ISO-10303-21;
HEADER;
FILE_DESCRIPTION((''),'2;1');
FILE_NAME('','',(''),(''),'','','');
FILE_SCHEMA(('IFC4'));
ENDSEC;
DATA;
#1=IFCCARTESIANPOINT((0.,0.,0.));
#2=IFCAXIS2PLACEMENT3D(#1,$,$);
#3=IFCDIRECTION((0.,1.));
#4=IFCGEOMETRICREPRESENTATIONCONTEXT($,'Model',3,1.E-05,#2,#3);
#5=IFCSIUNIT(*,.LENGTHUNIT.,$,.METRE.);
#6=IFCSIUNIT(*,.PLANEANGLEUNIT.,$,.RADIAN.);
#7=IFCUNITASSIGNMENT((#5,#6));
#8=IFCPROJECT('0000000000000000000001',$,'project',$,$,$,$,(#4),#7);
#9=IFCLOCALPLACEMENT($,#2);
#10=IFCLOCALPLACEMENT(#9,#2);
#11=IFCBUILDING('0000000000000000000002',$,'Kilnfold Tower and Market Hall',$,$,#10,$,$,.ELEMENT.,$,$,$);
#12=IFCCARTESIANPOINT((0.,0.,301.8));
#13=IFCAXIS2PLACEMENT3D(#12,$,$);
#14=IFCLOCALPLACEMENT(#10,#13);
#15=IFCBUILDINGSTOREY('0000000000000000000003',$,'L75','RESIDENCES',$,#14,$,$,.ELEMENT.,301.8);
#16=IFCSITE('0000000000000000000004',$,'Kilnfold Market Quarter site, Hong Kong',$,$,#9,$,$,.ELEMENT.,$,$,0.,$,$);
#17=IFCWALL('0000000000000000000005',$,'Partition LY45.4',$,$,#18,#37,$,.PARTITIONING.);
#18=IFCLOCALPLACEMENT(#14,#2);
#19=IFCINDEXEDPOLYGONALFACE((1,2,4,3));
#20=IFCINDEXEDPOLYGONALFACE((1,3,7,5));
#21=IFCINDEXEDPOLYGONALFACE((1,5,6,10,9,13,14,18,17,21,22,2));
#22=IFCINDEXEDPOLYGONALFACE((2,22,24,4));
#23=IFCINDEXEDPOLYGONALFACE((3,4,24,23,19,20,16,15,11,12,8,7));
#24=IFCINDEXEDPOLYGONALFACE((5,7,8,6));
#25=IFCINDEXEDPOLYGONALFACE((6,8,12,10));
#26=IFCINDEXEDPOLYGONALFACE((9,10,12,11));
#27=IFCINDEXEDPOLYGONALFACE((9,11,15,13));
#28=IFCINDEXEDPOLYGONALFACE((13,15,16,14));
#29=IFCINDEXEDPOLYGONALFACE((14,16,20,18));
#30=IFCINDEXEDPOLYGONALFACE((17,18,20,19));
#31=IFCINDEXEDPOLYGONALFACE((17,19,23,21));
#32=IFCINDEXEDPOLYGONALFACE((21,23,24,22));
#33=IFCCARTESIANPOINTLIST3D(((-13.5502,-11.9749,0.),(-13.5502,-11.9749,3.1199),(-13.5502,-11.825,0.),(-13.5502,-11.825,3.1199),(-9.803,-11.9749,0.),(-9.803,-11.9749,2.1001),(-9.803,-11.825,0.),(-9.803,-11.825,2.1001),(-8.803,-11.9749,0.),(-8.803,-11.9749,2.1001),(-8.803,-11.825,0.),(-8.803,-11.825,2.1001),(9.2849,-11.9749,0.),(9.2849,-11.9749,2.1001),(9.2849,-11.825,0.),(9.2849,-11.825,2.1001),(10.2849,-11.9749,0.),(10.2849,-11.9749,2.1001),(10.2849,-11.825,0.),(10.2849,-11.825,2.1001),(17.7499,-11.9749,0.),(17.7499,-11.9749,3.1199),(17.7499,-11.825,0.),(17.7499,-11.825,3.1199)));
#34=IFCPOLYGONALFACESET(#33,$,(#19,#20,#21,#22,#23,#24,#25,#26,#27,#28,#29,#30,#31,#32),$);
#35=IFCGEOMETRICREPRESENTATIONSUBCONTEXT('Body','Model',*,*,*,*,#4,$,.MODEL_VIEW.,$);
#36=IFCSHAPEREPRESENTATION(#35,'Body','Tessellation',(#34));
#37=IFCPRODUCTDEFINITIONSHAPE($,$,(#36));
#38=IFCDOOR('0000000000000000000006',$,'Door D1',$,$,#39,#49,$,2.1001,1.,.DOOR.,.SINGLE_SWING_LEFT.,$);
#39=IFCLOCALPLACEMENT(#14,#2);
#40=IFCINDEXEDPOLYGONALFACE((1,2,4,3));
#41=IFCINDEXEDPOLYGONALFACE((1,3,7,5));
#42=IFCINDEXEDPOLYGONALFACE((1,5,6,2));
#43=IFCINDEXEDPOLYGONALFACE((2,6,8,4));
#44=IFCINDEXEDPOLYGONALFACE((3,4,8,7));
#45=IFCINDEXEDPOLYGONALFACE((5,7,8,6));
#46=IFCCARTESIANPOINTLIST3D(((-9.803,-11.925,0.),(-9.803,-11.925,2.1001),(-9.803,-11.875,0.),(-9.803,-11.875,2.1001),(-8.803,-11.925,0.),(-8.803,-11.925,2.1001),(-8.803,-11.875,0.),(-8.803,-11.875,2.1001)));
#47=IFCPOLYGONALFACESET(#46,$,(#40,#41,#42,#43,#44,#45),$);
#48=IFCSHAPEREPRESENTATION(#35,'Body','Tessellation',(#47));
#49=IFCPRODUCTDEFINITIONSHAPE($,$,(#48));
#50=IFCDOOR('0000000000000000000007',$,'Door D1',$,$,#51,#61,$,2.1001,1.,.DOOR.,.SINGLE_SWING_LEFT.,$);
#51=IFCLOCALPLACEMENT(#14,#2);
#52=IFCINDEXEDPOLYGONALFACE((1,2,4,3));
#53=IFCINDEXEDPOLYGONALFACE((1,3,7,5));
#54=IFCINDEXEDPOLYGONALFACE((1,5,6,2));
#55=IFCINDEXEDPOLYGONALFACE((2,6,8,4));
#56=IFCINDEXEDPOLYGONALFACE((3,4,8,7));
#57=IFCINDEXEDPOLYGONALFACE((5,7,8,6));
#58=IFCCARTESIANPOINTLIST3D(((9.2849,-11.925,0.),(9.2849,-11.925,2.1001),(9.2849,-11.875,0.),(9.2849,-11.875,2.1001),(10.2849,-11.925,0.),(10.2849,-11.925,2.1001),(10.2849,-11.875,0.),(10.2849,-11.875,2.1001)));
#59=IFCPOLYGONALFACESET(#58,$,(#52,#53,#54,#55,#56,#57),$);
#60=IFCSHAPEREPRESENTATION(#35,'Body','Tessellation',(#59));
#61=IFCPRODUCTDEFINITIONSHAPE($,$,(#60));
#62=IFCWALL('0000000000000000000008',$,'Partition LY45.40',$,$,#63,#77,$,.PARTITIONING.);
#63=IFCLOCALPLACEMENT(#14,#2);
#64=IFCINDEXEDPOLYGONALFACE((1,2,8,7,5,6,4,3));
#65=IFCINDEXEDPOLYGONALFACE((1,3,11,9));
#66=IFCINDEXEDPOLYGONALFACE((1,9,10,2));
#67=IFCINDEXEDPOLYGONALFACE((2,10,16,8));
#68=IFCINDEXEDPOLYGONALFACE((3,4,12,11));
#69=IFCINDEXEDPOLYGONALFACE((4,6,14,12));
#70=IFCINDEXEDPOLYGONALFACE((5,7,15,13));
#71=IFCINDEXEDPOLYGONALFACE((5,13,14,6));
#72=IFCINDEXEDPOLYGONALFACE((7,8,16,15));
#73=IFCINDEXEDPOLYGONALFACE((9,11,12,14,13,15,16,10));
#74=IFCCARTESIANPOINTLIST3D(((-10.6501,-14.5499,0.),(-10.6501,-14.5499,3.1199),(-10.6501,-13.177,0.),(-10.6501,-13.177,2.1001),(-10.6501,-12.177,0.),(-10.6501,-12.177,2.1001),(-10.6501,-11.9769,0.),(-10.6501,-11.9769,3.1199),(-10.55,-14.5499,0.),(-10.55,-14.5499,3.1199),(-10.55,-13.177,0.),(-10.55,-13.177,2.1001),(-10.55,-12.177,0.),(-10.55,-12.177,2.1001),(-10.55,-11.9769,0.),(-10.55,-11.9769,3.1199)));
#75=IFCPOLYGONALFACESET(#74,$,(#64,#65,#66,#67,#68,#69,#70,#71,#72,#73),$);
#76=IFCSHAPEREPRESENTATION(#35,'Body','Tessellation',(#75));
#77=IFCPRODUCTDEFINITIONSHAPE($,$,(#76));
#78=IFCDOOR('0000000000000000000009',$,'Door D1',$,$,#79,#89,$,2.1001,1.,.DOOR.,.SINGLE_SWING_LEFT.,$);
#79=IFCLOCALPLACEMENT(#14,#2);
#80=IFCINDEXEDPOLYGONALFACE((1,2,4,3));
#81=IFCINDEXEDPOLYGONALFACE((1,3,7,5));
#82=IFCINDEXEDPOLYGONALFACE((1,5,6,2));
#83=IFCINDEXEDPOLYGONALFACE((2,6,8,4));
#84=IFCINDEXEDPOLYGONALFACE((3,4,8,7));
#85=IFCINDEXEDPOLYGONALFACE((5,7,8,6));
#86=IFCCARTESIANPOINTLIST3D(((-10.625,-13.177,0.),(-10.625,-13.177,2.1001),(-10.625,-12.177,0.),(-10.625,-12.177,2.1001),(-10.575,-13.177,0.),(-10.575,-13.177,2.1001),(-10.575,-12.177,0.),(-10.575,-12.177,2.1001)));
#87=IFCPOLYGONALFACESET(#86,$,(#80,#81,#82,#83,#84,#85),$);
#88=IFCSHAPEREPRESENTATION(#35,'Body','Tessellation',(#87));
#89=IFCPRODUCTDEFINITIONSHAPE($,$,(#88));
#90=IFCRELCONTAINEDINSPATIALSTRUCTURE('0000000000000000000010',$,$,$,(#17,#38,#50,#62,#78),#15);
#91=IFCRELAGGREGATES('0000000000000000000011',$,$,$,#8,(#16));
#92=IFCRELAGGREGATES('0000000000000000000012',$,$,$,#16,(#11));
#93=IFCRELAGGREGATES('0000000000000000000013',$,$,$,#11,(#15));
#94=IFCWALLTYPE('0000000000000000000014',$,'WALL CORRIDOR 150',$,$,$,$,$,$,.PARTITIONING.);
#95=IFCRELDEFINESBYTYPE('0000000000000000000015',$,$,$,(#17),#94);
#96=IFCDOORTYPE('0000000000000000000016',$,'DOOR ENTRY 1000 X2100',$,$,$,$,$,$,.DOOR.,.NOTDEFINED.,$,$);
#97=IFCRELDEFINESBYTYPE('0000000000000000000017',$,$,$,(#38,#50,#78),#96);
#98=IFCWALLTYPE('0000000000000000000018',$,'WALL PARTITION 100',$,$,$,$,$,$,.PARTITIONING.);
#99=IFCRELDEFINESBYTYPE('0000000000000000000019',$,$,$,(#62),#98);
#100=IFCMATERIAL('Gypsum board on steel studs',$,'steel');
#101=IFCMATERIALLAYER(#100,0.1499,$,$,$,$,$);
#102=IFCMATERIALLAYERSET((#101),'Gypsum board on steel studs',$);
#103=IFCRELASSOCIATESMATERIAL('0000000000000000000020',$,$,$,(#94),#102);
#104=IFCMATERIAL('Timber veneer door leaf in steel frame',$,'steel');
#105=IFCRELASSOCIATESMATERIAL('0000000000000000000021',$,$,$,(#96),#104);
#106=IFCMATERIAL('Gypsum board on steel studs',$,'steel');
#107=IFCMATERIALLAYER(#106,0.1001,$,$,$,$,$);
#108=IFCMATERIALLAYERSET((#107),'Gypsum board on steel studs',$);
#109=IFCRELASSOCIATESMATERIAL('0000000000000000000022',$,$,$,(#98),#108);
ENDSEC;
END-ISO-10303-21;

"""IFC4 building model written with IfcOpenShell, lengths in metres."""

from ifc_helpers import new_model, si_unit, direction, frame, frame_2d, origin, place, context, subcontext, project, spatial, rectangle, extrude, material, layer, layer_set, type_object, element, fill, save


model = new_model("IFC4")

# Units and contexts
model_context = context("Model", 3, precision=1e-05, world=origin(), true_north=direction((0.0, 1.0)))
body_context = subcontext(model_context, "Body", "Model", "MODEL_VIEW")
ifc_project = project(units=[si_unit("LENGTHUNIT", "METRE"), si_unit("PLANEANGLEUNIT", "RADIAN")], contexts=[model_context])

# Site, building, storey
site_placement = place(None, origin())
site = spatial("IfcSite", under=ifc_project, at=site_placement, Name="Kilnfold Market Quarter site, Hong Kong", CompositionType="ELEMENT", RefElevation=0.0)
building_placement = place(site_placement, origin())
building = spatial("IfcBuilding", under=site, at=building_placement, Name="Kilnfold Tower and Market Hall", CompositionType="ELEMENT")
storey_placement = place(building_placement, frame((0.0, 0.0, 301.8)))
storey = spatial("IfcBuildingStorey", under=building, at=storey_placement, Name="L75", Description="RESIDENCES", CompositionType="ELEMENT", Elevation=301.8)

# Wall, openings, doors
ifc_material_1 = material(Name="Gypsum board on steel studs", Category="steel")
ifc_layer_1 = layer(ifc_material_1, 0.1499)
ifc_layer_set_1 = layer_set([ifc_layer_1], Name="Gypsum board on steel studs")
wall_type_1 = type_object("IfcWallType", Name="WALL CORRIDOR 150", PredefinedType="PARTITIONING", material=ifc_layer_set_1)
wall_1_placement = place(storey_placement, frame((-13.55, -11.8999, 0.0), z_axis=(0.0, 0.0, 1.0), x_axis=(1.0, 0.0, 0.0)))
wall_1 = element("IfcWall", 1, at=wall_1_placement, inside=storey, type_object=wall_type_1, Name="Partition LY45.4", PredefinedType="PARTITIONING", context=body_context, shape_type="SweptSolid", body=[
    extrude(rectangle(XDim=31.3, YDim=0.1499, at=frame_2d((15.6499, 0.0))), origin(), (0.0, 0.0, 1.0), 3.1199),
])
opening_1_placement = place(wall_1_placement, frame((3.7471, 0.0, 0.0)))
opening_1 = element("IfcOpeningElement", 2, at=opening_1_placement, cuts=wall_1, PredefinedType="OPENING", context=body_context, shape_type="SweptSolid", body=[
    extrude(rectangle(XDim=1.0, YDim=2.1001, at=frame_2d((0.5, 1.05))), frame((0.0, 0.085, 0.0), z_axis=(0.0, -1.0, 0.0), x_axis=(1.0, 0.0, 0.0)), (0.0, 0.0, 1.0), 0.1699),
])
opening_2_placement = place(wall_1_placement, frame((22.835, 0.0, 0.0)))
opening_2 = element("IfcOpeningElement", 3, at=opening_2_placement, cuts=wall_1, PredefinedType="OPENING", context=body_context, shape_type="SweptSolid", body=[
    extrude(rectangle(XDim=1.0, YDim=2.1001, at=frame_2d((0.5, 1.05))), frame((0.0, 0.085, 0.0), z_axis=(0.0, -1.0, 0.0), x_axis=(1.0, 0.0, 0.0)), (0.0, 0.0, 1.0), 0.1699),
])
ifc_material_2 = material(Name="Timber veneer door leaf in steel frame", Category="steel")
door_type_1 = type_object("IfcDoorType", Name="DOOR ENTRY 1000 X2100", OperationType="NOTDEFINED", PredefinedType="DOOR", material=ifc_material_2)
door_1_placement = place(opening_1_placement, origin())
door_1 = element("IfcDoor", 4, at=door_1_placement, inside=storey, type_object=door_type_1, Name="Door D1", OperationType="SINGLE_SWING_LEFT", OverallHeight=2.1001, OverallWidth=1.0, PredefinedType="DOOR", context=body_context, shape_type="SweptSolid", body=[
    extrude(rectangle(XDim=1.0, YDim=2.1001, at=frame_2d((0.5, 1.05))), frame((0.0, 0.0249, 0.0), z_axis=(0.0, -1.0, 0.0), x_axis=(1.0, 0.0, 0.0)), (0.0, 0.0, 1.0), 0.05),
])
fill(opening_1, door_1)
door_2_placement = place(opening_2_placement, origin())
door_2 = element("IfcDoor", 5, at=door_2_placement, inside=storey, type_object=door_type_1, Name="Door D1", OperationType="SINGLE_SWING_LEFT", OverallHeight=2.1001, OverallWidth=1.0, PredefinedType="DOOR", context=body_context, shape_type="SweptSolid", body=[
    extrude(rectangle(XDim=1.0, YDim=2.1001, at=frame_2d((0.5, 1.05))), frame((0.0, 0.0249, 0.0), z_axis=(0.0, -1.0, 0.0), x_axis=(1.0, 0.0, 0.0)), (0.0, 0.0, 1.0), 0.05),
])
fill(opening_2, door_2)

# Wall, opening, door
ifc_material_3 = material(Name="Gypsum board on steel studs", Category="steel")
ifc_layer_2 = layer(ifc_material_3, 0.1001)
ifc_layer_set_2 = layer_set([ifc_layer_2], Name="Gypsum board on steel studs")
wall_type_2 = type_object("IfcWallType", Name="WALL PARTITION 100", PredefinedType="PARTITIONING", material=ifc_layer_set_2)
wall_2_placement = place(storey_placement, frame((-10.6001, -14.55, 0.0), z_axis=(0.0, 0.0, 1.0), x_axis=(0.0, 1.0, 0.0)))
wall_2 = element("IfcWall", 6, at=wall_2_placement, inside=storey, type_object=wall_type_2, Name="Partition LY45.40", PredefinedType="PARTITIONING", context=body_context, shape_type="SweptSolid", body=[
    extrude(rectangle(XDim=2.573, YDim=0.1001, at=frame_2d((1.2866, 0.0))), origin(), (0.0, 0.0, 1.0), 3.1199),
])
opening_3_placement = place(wall_2_placement, frame((1.373, 0.0, 0.0)))
opening_3 = element("IfcOpeningElement", 7, at=opening_3_placement, cuts=wall_2, PredefinedType="OPENING", context=body_context, shape_type="SweptSolid", body=[
    extrude(rectangle(XDim=1.0, YDim=2.1001, at=frame_2d((0.5, 1.05))), frame((0.0, 0.0601, 0.0), z_axis=(0.0, -1.0, 0.0), x_axis=(1.0, 0.0, 0.0)), (0.0, 0.0, 1.0), 0.1201),
])
door_3_placement = place(opening_3_placement, origin())
door_3 = element("IfcDoor", 8, at=door_3_placement, inside=storey, type_object=door_type_1, Name="Door D1", OperationType="SINGLE_SWING_LEFT", OverallHeight=2.1001, OverallWidth=1.0, PredefinedType="DOOR", context=body_context, shape_type="SweptSolid", body=[
    extrude(rectangle(XDim=1.0, YDim=2.1001, at=frame_2d((0.5, 1.05))), frame((0.0, 0.0249, 0.0), z_axis=(0.0, -1.0, 0.0), x_axis=(1.0, 0.0, 0.0)), (0.0, 0.0, 1.0), 0.05),
])
fill(opening_3, door_3)

save(model, "model.ifc")
